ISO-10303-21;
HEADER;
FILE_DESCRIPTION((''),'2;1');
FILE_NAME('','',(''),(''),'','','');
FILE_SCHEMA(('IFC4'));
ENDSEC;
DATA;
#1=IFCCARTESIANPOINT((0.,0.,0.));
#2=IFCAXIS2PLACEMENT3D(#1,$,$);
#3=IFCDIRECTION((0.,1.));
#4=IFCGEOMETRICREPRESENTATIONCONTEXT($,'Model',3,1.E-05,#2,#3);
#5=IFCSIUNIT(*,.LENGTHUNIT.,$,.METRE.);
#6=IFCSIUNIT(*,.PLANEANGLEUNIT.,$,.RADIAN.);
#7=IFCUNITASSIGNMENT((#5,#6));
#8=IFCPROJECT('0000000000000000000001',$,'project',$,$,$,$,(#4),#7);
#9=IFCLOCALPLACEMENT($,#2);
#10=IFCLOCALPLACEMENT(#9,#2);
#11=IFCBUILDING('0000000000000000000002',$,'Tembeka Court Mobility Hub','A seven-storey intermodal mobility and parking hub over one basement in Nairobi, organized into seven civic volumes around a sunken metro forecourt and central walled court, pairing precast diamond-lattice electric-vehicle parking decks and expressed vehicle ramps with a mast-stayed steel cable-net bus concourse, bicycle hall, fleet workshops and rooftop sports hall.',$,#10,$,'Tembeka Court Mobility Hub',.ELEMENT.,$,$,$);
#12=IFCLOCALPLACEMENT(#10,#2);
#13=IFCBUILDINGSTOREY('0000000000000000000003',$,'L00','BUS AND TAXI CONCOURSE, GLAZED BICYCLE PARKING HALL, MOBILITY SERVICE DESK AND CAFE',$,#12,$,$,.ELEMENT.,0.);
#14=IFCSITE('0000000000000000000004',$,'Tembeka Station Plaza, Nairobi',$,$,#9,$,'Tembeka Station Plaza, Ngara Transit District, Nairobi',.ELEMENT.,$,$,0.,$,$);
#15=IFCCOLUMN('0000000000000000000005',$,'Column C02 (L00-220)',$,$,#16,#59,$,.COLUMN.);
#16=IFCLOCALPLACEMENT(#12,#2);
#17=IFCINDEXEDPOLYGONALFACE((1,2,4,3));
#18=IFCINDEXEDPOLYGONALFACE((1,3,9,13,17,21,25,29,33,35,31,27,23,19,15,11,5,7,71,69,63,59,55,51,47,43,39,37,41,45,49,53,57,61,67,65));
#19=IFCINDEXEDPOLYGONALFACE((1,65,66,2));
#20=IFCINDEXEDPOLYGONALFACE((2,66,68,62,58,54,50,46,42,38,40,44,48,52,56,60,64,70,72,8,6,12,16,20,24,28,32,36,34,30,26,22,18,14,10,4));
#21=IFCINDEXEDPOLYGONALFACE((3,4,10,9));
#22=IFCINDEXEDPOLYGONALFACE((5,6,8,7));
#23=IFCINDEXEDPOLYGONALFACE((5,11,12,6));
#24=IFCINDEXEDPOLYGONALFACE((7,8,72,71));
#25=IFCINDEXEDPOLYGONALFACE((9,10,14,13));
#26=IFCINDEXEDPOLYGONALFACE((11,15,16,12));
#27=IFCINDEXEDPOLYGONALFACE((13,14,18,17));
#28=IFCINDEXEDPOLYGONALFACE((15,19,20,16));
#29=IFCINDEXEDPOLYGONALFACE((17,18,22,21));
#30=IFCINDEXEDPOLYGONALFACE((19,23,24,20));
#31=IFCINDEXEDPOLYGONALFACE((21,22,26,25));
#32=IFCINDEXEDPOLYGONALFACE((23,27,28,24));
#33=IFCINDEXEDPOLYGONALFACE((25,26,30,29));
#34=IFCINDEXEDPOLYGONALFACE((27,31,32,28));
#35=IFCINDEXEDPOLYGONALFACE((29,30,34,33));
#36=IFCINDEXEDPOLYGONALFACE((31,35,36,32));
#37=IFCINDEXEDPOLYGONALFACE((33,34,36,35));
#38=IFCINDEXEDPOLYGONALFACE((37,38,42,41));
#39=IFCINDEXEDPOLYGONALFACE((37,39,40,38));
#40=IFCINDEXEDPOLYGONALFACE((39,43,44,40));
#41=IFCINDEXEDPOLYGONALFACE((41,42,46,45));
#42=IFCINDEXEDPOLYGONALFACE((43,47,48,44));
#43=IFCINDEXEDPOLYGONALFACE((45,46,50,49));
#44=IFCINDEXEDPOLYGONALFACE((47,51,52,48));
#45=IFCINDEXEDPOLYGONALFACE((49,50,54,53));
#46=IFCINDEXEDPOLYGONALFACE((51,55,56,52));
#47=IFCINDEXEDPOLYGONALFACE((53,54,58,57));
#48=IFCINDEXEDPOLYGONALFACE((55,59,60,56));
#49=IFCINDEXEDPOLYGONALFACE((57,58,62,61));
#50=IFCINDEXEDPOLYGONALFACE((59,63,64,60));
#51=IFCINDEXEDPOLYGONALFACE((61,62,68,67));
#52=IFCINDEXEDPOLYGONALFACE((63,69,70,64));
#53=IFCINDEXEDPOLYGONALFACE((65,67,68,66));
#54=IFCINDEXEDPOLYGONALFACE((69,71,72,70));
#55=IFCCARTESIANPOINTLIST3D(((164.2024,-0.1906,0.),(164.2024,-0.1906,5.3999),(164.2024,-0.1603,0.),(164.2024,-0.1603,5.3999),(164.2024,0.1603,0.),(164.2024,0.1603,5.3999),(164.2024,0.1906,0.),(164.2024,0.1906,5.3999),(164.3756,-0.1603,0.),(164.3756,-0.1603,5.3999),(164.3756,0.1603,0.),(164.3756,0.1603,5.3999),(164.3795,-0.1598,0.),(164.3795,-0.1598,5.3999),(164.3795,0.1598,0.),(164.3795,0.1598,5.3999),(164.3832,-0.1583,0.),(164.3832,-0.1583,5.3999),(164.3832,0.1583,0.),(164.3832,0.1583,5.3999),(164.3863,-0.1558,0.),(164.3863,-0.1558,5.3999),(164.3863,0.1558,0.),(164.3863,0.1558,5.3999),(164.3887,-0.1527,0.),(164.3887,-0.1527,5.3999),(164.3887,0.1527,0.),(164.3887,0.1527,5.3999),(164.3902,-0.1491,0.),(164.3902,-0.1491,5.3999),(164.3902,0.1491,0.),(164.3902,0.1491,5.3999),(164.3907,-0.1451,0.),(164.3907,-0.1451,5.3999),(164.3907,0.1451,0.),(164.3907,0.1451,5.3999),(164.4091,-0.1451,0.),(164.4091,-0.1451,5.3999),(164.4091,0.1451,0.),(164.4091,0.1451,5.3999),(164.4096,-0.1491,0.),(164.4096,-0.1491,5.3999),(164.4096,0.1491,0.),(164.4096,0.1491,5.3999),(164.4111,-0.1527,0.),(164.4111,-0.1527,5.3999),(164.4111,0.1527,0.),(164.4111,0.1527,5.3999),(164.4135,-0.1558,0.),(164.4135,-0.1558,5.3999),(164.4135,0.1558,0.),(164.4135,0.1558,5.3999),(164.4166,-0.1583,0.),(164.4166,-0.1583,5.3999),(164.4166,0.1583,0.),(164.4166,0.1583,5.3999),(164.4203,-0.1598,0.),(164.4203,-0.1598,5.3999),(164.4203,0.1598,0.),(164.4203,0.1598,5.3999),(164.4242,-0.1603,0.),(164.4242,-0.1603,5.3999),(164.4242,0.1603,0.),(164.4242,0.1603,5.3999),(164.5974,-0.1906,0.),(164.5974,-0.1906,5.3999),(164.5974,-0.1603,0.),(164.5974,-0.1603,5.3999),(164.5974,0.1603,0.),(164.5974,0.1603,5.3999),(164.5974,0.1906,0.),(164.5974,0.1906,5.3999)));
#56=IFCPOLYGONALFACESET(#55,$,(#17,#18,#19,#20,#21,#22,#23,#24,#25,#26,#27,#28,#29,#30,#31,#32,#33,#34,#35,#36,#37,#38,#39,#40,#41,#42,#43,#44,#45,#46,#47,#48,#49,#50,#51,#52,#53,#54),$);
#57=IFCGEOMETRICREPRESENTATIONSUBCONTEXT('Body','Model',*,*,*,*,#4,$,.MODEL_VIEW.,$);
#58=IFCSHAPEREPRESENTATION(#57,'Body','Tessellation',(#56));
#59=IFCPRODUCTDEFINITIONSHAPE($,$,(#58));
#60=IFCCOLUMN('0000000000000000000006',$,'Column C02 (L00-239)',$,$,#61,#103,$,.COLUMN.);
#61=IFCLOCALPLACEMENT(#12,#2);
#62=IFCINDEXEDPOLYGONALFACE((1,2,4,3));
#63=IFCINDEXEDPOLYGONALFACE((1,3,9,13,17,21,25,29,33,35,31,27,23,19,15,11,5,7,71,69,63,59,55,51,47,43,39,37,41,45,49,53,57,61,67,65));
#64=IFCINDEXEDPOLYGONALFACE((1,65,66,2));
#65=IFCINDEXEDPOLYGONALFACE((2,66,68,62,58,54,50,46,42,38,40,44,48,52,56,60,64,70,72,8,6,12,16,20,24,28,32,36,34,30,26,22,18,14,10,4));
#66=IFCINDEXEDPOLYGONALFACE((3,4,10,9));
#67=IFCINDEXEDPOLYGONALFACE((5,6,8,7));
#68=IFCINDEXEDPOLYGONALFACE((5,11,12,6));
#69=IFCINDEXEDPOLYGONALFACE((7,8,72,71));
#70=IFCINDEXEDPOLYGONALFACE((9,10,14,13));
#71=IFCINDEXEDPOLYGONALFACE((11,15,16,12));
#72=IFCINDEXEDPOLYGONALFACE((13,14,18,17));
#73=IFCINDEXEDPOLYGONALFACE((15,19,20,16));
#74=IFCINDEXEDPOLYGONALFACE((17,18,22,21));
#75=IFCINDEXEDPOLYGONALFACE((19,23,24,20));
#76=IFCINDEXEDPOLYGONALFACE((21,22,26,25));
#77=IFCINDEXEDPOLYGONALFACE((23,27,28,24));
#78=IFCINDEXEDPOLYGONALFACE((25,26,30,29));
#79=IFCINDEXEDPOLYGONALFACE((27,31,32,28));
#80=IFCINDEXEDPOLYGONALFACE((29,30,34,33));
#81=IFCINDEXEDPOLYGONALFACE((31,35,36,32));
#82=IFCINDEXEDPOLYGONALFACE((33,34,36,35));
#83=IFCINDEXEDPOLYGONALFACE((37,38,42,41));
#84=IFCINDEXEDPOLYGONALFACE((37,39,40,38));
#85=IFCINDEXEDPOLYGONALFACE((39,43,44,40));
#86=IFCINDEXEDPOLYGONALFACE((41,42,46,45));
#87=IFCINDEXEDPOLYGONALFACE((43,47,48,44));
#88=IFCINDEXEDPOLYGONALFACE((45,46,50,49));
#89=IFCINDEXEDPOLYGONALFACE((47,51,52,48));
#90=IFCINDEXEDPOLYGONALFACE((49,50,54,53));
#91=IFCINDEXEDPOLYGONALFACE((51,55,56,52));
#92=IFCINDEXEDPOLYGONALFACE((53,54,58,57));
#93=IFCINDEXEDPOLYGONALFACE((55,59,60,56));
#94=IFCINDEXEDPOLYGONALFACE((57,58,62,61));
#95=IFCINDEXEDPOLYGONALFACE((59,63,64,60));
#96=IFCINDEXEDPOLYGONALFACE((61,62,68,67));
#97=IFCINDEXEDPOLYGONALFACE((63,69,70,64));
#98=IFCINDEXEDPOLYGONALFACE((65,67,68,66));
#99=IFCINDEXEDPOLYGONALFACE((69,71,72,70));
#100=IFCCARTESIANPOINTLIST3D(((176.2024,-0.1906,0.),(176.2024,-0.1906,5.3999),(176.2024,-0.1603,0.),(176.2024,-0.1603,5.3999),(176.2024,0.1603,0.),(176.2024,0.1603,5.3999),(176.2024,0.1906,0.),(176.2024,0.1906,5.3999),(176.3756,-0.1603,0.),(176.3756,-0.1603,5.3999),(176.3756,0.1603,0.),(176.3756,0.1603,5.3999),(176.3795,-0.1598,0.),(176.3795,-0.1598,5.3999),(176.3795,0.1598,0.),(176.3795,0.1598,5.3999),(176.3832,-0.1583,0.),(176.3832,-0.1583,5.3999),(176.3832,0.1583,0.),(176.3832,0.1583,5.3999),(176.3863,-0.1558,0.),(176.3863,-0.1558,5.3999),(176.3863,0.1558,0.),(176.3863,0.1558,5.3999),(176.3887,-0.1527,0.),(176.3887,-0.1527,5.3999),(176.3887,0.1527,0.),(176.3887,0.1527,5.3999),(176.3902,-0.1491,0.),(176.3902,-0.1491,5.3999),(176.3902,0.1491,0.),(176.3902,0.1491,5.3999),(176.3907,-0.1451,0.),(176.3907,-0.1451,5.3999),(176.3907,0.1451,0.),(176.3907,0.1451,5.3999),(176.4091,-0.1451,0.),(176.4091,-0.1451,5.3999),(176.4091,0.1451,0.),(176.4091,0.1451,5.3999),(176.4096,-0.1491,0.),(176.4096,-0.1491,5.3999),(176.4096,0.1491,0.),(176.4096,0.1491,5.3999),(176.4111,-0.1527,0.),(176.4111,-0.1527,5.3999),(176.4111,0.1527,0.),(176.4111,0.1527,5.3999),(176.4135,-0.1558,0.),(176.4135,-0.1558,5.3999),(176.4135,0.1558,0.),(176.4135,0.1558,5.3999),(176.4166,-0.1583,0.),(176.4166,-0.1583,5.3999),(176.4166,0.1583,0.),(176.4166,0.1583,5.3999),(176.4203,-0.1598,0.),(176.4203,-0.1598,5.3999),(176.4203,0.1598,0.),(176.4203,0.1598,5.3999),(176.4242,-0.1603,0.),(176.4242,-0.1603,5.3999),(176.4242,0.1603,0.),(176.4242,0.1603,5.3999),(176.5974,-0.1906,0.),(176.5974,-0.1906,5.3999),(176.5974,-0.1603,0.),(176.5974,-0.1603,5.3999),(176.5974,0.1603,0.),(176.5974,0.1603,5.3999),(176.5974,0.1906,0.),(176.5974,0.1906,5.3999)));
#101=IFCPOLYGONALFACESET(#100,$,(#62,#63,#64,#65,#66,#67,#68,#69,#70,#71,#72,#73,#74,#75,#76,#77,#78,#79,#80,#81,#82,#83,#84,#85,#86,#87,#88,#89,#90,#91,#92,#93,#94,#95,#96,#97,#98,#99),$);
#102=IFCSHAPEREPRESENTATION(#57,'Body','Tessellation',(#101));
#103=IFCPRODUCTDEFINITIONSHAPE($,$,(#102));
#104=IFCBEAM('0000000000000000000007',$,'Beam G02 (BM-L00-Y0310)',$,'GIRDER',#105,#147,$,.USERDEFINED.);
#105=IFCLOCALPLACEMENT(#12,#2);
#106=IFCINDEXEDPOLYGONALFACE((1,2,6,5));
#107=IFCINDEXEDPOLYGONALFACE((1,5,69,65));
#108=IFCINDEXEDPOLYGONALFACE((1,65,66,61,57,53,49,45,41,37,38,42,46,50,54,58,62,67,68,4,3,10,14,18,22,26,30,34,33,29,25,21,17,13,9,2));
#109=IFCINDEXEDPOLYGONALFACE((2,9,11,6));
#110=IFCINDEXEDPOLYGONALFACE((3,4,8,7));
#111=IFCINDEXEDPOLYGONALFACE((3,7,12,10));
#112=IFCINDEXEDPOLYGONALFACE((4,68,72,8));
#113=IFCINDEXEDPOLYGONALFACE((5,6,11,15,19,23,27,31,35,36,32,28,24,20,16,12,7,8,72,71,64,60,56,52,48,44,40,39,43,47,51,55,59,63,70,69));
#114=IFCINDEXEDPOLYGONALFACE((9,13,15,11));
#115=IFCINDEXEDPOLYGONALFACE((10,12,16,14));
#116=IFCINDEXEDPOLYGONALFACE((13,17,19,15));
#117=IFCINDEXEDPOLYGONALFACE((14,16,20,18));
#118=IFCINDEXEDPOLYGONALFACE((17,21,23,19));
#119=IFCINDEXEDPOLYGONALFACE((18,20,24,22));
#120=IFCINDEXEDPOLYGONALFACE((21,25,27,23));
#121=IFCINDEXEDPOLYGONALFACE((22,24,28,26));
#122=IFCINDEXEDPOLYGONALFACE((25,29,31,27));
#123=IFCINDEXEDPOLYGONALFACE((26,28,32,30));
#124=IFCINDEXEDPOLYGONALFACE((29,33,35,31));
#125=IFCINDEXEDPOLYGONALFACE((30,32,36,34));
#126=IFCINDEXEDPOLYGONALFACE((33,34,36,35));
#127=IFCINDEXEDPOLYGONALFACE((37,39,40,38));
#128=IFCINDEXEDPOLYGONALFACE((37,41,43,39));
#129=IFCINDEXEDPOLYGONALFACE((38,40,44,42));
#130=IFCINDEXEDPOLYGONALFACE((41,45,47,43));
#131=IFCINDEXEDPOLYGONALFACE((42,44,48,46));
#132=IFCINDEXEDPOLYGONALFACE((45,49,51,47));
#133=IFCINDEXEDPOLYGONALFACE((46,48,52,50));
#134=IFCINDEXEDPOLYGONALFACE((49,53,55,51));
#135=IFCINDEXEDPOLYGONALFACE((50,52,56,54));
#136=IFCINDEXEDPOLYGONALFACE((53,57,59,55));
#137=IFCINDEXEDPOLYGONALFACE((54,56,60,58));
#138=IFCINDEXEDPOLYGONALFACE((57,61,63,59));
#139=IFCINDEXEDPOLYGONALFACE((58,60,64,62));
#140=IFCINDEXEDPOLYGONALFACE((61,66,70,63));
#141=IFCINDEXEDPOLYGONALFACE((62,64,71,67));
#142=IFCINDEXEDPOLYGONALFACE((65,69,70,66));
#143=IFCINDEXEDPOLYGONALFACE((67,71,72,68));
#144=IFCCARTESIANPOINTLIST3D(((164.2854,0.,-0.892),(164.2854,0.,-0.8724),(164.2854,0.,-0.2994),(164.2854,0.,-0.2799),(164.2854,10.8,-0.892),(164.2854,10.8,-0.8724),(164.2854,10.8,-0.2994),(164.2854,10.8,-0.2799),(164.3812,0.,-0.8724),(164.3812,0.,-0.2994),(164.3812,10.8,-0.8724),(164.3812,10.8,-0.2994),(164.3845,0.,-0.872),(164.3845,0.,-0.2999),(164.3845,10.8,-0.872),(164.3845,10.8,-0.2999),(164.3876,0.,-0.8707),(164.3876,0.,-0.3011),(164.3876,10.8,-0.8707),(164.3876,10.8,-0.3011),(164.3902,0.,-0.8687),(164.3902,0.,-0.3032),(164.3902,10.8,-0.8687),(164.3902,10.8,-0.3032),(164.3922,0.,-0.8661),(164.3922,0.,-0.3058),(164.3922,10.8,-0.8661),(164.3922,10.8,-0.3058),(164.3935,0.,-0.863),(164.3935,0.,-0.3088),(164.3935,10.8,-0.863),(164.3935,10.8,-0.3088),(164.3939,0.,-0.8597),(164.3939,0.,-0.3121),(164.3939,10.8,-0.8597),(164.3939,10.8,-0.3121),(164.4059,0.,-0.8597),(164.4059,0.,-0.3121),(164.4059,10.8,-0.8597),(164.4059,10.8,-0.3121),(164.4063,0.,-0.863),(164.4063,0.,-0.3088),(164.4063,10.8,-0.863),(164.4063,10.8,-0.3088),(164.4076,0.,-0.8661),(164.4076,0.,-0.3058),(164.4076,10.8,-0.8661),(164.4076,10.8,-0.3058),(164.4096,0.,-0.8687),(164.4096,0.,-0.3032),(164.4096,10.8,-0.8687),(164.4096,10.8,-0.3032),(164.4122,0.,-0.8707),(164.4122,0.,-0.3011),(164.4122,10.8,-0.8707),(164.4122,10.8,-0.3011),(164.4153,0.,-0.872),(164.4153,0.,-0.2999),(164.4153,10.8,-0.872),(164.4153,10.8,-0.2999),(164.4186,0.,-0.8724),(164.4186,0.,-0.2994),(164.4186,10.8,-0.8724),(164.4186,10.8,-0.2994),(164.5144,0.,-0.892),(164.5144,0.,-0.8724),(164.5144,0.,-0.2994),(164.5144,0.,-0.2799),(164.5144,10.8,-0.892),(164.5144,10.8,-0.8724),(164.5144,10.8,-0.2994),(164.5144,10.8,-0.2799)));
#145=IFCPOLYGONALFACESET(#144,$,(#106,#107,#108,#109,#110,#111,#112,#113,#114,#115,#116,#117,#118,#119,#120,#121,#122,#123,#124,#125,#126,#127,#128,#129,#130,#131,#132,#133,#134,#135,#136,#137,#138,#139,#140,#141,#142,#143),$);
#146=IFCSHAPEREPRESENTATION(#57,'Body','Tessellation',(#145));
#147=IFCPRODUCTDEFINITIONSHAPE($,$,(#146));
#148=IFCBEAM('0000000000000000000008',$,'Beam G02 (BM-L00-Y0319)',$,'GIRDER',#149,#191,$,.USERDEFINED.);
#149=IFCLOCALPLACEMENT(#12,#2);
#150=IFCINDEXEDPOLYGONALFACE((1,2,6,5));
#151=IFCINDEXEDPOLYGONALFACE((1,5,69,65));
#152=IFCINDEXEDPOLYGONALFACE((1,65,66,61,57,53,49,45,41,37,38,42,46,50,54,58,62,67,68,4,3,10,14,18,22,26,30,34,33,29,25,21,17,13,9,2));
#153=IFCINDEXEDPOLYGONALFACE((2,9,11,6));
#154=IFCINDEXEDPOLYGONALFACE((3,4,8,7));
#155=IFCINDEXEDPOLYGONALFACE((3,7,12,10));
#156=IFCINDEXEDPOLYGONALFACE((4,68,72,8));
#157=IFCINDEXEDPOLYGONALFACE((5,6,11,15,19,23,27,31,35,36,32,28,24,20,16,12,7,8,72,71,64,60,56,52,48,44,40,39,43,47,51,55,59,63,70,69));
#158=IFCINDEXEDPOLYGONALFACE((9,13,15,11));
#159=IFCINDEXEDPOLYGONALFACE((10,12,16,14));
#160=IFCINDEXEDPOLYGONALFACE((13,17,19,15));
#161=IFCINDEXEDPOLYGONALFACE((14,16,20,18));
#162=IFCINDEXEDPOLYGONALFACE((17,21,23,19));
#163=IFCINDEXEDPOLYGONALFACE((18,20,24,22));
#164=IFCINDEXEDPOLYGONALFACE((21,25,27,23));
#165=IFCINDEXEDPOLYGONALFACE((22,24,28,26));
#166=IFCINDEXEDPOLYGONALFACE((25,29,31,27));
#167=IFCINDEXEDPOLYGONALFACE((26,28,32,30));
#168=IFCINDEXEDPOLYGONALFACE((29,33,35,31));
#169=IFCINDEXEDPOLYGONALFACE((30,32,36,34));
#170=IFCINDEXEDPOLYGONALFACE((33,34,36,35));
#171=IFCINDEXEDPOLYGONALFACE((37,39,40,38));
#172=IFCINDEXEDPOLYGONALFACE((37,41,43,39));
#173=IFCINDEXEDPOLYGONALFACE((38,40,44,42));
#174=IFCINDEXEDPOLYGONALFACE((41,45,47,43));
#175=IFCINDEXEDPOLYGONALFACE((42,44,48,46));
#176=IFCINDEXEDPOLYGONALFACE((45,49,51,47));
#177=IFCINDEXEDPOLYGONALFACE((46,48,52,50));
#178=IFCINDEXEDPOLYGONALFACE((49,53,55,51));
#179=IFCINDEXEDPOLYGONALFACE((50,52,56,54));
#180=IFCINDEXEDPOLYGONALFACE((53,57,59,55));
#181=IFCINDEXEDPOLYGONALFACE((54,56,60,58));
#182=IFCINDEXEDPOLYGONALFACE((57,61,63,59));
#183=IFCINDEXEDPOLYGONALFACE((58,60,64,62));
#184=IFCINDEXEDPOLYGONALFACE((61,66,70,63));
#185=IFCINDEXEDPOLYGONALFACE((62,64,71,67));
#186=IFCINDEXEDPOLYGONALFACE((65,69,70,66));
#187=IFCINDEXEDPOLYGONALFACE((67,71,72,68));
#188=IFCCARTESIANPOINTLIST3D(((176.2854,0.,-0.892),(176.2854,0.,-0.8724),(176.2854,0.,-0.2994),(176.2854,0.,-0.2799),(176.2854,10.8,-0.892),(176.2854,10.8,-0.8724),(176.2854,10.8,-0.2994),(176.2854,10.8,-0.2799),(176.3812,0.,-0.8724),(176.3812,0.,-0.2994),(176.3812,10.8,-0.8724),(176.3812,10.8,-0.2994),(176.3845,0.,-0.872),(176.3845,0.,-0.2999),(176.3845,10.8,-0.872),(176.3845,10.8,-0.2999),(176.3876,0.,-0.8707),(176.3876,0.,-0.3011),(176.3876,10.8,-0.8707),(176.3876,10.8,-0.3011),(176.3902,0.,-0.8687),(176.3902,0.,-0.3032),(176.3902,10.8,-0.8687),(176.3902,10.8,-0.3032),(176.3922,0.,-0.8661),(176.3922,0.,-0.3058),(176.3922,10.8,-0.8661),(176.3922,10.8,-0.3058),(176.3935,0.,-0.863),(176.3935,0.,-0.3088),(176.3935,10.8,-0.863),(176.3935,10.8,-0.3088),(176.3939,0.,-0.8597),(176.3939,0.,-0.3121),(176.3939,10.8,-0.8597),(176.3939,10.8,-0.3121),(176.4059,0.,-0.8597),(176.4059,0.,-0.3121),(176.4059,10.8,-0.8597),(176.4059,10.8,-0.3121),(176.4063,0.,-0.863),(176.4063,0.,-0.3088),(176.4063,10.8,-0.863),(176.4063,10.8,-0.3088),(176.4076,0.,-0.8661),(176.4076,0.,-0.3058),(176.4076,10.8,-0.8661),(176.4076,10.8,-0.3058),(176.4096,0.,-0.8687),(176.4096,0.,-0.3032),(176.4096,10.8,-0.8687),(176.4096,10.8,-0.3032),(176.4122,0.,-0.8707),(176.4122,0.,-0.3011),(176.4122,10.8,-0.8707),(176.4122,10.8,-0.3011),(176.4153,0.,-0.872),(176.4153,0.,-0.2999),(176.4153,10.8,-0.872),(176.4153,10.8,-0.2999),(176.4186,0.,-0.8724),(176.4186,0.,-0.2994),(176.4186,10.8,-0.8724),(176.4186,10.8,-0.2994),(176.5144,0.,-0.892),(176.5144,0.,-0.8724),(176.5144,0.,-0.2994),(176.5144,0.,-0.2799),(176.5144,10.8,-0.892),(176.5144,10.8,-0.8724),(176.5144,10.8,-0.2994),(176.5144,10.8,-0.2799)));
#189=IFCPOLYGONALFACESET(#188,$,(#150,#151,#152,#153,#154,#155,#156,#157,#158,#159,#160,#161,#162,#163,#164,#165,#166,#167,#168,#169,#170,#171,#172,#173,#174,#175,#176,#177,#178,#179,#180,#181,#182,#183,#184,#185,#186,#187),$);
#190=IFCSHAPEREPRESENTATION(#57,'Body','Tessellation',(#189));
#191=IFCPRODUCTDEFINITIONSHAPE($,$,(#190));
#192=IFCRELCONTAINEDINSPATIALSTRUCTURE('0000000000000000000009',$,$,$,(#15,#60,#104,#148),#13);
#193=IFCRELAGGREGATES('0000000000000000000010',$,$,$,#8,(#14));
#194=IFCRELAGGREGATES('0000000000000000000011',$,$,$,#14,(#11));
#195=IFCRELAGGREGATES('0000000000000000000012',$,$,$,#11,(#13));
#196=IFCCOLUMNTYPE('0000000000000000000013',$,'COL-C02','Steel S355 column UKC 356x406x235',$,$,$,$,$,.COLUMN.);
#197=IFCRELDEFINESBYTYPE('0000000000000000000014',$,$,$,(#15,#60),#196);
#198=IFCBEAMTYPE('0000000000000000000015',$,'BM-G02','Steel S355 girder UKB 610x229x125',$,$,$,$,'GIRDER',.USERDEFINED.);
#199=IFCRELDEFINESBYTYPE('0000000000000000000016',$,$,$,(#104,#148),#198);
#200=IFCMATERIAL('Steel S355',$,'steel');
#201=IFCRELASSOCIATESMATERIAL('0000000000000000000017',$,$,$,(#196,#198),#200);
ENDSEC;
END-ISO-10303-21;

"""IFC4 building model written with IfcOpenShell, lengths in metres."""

from ifc_helpers import new_model, si_unit, direction, frame, origin, origin_2d, place, context, subcontext, project, spatial, i_section, extrude, material, material_profile, profile_set, type_object, element, save


model = new_model("IFC4")

# Units and contexts
model_context = context("Model", 3, precision=1e-05, world=origin(), true_north=direction((0.0, 1.0)))
body_context = subcontext(model_context, "Body", "Model", "MODEL_VIEW")
ifc_project = project(units=[si_unit("LENGTHUNIT", "METRE"), si_unit("PLANEANGLEUNIT", "RADIAN")], contexts=[model_context])

# Site, building, storey
site_placement = place(None, origin())
site = spatial("IfcSite", under=ifc_project, at=site_placement, Name="Tembeka Station Plaza, Nairobi", LongName="Tembeka Station Plaza, Ngara Transit District, Nairobi", CompositionType="ELEMENT", RefElevation=0.0)
building_placement = place(site_placement, origin())
building = spatial("IfcBuilding", under=site, at=building_placement, Name="Tembeka Court Mobility Hub", Description="A seven-storey intermodal mobility and parking hub over one basement in Nairobi, organized into seven civic volumes around a sunken metro forecourt and central walled court, pairing precast diamond-lattice electric-vehicle parking decks and expressed vehicle ramps with a mast-stayed steel cable-net bus concourse, bicycle hall, fleet workshops and rooftop sports hall.", LongName="Tembeka Court Mobility Hub", CompositionType="ELEMENT")
storey_placement = place(building_placement, origin())
storey = spatial("IfcBuildingStorey", under=building, at=storey_placement, Name="L00", Description="BUS AND TAXI CONCOURSE, GLAZED BICYCLE PARKING HALL, MOBILITY SERVICE DESK AND CAFE", CompositionType="ELEMENT", Elevation=0.0)

# Columns
ifc_material_1 = material(Name="Steel S355", Category="steel")
ifc_material_profile_1 = material_profile(ifc_material_1, i_section(OverallWidth=0.395, OverallDepth=0.3811, WebThickness=0.0183, FlangeThickness=0.0303, FilletRadius=0.0151, at=origin_2d()), Name="UKC 356x406x235")
ifc_profile_set_1 = profile_set([ifc_material_profile_1], Name="Steel S355")
column_type = type_object("IfcColumnType", Name="COL-C02", Description="Steel S355 column UKC 356x406x235", PredefinedType="COLUMN", material=ifc_profile_set_1)
for number, where, z_axis, x_axis, name in (
    (1, (164.3999, 0.0, 0.0), (0.0, 0.0, 1.0), (1.0, 0.0, 0.0), "Column C02 (L00-220)"),
    (2, (176.3999, 0.0, 0.0), (0.0, 0.0, 1.0), (1.0, 0.0, 0.0), "Column C02 (L00-239)"),
):
    element("IfcColumn", number, at=place(storey_placement, frame(where, z_axis=z_axis, x_axis=x_axis)), inside=storey, type_object=column_type, Name=name, PredefinedType="COLUMN", context=body_context, shape_type="SweptSolid", body=[
        extrude(i_section(OverallWidth=0.395, OverallDepth=0.3811, WebThickness=0.0183, FlangeThickness=0.0303, FilletRadius=0.0151, at=origin_2d()), origin(), (0.0, 0.0, 1.0), 5.3999),
    ])

# Beams
ifc_material_profile_2 = material_profile(ifc_material_1, i_section(OverallWidth=0.229, OverallDepth=0.6121, WebThickness=0.012, FlangeThickness=0.0195, FilletRadius=0.0127, at=origin_2d()), Name="UKB 610x229x125")
ifc_profile_set_2 = profile_set([ifc_material_profile_2], Name="Steel S355")
beam_type_1 = type_object("IfcBeamType", Name="BM-G02", Description="Steel S355 girder UKB 610x229x125", ElementType="GIRDER", PredefinedType="USERDEFINED", material=ifc_profile_set_2)
for number, where, z_axis, x_axis, name in (
    (3, (164.3999, 0.0, -0.5859), (0.0, 1.0, 0.0), (-1.0, 0.0, 0.0), "Beam G02 (BM-L00-Y0310)"),
    (4, (176.3999, 0.0, -0.5859), (0.0, 1.0, 0.0), (-1.0, 0.0, 0.0), "Beam G02 (BM-L00-Y0319)"),
):
    element("IfcBeam", number, at=place(storey_placement, frame(where, z_axis=z_axis, x_axis=x_axis)), inside=storey, type_object=beam_type_1, Name=name, ObjectType="GIRDER", PredefinedType="USERDEFINED", context=body_context, shape_type="SweptSolid", body=[
        extrude(i_section(OverallWidth=0.229, OverallDepth=0.6121, WebThickness=0.012, FlangeThickness=0.0195, FilletRadius=0.0127, at=origin_2d()), origin(), (0.0, 0.0, 1.0), 10.8),
    ])

save(model, "model.ifc")
